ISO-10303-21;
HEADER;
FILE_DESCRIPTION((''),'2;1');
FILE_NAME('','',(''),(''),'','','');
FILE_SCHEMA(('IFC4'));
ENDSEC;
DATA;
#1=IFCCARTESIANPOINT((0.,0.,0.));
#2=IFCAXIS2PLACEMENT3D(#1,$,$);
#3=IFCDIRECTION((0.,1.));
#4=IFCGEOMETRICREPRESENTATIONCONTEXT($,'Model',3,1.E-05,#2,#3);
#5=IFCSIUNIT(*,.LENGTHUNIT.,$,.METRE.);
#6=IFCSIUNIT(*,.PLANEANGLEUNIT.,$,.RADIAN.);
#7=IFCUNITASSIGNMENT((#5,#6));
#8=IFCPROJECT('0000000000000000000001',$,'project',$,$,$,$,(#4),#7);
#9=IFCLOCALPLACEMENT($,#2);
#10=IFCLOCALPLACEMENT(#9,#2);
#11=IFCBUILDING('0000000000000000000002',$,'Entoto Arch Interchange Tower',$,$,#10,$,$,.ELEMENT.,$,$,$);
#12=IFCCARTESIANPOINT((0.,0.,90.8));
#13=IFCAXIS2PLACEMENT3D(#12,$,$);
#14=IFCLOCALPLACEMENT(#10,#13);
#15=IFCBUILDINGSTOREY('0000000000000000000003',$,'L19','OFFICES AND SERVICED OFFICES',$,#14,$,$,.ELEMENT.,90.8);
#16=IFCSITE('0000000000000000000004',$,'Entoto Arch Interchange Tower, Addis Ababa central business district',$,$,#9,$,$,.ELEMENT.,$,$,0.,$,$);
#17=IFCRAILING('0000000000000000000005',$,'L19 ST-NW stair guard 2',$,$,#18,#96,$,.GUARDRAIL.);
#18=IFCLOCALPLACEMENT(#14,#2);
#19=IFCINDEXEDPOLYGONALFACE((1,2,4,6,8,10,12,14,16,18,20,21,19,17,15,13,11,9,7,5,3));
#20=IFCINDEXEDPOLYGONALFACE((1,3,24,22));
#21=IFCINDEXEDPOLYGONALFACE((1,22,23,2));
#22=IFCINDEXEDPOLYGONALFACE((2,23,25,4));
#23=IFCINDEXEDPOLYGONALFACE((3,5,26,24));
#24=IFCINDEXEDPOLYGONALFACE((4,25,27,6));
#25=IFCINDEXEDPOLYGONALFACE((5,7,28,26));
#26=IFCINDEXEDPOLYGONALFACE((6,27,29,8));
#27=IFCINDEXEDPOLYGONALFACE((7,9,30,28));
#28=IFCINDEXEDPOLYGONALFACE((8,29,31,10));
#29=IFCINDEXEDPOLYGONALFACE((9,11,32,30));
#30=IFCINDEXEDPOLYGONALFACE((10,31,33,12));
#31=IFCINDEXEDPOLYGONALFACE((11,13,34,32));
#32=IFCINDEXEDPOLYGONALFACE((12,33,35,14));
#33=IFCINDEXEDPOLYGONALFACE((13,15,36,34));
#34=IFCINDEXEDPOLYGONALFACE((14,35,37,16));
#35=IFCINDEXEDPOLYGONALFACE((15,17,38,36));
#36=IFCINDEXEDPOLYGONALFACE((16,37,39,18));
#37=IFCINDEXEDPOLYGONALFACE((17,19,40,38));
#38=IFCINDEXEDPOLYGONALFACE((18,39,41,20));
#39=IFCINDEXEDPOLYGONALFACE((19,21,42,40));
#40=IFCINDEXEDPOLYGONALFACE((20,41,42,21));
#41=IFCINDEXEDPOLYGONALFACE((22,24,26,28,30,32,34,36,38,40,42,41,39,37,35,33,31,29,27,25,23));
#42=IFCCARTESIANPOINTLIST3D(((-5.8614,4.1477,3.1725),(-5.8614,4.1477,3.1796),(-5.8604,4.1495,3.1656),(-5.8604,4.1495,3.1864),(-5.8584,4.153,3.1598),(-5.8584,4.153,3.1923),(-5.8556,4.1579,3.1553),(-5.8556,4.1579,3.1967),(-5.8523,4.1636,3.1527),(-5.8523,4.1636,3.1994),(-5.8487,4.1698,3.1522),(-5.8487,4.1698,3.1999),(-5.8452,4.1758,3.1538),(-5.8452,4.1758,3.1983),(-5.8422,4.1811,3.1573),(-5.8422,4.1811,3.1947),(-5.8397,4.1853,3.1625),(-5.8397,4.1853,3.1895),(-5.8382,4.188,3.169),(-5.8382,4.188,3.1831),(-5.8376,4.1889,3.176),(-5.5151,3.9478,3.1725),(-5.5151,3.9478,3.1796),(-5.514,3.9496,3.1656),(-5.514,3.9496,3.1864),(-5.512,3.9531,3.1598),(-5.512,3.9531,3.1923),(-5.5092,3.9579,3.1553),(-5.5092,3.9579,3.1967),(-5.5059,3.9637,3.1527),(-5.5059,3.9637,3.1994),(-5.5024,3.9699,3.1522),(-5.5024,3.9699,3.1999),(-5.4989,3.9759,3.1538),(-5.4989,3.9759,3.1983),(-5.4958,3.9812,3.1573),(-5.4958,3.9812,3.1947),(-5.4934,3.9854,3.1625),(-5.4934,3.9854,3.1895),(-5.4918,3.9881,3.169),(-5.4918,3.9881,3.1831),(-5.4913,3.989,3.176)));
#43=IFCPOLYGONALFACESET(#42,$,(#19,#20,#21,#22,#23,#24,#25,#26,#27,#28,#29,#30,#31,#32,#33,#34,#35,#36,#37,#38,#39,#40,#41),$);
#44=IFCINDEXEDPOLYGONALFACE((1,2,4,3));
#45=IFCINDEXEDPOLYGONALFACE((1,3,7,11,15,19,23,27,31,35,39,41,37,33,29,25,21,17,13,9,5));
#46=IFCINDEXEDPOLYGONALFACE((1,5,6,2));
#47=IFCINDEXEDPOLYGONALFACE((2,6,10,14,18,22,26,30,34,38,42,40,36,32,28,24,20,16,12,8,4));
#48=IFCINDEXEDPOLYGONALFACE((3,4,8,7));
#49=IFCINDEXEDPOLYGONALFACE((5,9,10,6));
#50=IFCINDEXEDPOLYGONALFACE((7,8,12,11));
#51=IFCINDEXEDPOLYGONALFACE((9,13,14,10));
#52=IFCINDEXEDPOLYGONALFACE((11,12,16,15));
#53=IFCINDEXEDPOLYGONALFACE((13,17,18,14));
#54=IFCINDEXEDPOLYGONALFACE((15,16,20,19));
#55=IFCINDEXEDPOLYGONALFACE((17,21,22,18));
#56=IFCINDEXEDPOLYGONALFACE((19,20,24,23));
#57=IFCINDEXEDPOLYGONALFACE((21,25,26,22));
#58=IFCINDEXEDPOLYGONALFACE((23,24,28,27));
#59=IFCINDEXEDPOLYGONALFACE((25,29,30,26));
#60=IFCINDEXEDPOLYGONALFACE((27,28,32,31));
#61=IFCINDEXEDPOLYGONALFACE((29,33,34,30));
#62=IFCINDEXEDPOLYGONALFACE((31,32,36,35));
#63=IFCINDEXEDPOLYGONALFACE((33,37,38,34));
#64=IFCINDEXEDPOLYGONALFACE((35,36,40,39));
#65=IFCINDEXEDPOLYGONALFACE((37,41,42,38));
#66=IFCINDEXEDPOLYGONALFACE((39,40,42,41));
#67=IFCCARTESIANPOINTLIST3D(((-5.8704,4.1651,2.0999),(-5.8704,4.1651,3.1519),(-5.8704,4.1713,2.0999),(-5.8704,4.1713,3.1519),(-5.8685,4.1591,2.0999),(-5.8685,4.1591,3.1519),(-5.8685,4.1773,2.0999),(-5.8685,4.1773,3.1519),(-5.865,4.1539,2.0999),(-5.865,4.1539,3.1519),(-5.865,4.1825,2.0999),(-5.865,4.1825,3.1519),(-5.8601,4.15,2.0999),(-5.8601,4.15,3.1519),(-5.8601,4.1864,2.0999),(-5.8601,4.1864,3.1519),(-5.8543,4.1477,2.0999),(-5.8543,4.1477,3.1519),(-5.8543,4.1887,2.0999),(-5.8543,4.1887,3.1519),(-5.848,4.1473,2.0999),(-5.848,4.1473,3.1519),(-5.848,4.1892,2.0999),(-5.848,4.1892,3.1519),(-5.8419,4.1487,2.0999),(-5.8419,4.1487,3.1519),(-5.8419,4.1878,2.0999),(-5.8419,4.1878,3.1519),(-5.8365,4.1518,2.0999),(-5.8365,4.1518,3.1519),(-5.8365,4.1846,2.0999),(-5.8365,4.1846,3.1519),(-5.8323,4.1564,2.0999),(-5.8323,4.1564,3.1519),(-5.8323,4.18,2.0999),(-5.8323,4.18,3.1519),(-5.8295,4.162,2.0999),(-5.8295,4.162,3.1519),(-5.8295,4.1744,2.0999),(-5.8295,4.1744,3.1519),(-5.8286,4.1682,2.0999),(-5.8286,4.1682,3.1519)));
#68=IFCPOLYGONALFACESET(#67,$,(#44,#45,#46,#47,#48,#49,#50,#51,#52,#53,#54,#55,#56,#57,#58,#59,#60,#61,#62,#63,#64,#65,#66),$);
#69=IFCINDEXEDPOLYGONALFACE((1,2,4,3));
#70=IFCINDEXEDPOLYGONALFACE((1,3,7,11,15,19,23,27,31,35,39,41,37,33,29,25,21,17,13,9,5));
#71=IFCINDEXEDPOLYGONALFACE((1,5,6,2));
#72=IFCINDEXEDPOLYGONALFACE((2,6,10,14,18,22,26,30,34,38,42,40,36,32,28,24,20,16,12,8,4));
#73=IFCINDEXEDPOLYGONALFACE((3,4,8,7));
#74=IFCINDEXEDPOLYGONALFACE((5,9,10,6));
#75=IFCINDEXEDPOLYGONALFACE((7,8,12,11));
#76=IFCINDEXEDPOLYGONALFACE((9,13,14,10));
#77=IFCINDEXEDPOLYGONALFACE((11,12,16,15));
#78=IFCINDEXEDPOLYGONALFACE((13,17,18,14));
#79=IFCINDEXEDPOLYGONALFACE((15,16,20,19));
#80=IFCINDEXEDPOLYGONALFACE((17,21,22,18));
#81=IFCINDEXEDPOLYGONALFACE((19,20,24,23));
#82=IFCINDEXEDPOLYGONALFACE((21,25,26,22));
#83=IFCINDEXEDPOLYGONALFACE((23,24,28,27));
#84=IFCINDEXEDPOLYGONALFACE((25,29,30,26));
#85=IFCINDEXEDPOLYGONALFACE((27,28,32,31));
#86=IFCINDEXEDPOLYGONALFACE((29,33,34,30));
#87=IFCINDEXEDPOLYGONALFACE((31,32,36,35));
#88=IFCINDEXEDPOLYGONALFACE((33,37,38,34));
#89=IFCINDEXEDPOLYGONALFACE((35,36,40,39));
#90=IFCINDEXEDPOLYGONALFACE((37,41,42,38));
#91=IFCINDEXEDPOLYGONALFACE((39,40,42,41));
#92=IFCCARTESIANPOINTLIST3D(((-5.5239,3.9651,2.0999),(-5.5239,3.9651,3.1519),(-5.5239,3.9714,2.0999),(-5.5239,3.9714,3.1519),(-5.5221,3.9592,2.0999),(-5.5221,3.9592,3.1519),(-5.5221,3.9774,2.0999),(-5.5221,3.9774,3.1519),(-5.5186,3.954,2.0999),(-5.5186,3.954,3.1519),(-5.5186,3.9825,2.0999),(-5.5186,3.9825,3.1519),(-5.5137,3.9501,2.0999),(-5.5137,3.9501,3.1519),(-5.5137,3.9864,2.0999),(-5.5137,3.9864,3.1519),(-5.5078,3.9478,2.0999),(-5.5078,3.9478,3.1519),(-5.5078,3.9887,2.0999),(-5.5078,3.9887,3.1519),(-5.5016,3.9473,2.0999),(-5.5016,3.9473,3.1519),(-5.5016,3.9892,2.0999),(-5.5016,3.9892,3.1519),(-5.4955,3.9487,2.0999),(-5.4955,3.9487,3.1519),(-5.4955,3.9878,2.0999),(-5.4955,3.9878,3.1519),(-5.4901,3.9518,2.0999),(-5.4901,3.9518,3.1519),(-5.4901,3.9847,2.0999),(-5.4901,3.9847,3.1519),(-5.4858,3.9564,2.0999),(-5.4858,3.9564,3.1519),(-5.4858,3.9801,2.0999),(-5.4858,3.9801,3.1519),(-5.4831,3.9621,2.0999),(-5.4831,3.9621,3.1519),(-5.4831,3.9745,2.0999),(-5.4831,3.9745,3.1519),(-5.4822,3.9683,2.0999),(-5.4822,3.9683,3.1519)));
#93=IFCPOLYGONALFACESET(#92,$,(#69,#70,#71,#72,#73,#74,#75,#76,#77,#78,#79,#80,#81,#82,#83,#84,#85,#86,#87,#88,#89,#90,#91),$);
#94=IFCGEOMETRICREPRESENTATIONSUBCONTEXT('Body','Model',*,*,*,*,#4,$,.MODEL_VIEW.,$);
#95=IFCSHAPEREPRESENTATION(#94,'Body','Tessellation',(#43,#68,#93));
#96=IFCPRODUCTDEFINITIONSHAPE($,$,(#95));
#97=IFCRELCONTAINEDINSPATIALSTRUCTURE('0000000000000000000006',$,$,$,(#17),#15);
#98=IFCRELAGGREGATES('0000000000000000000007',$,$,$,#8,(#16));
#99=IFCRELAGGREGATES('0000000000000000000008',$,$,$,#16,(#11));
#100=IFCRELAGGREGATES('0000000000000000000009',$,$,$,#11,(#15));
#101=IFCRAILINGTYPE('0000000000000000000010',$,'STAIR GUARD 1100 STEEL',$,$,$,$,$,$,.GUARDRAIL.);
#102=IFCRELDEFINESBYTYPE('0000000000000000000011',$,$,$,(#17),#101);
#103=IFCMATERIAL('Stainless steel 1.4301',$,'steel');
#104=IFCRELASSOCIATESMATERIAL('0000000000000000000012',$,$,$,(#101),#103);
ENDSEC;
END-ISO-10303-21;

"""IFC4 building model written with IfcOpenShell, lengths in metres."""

from ifc_helpers import new_model, si_unit, direction, frame, origin, origin_2d, place, context, subcontext, project, spatial, circle, extrude, material, type_object, element, save


model = new_model("IFC4")

# Units and contexts
model_context = context("Model", 3, precision=1e-05, world=origin(), true_north=direction((0.0, 1.0)))
body_context = subcontext(model_context, "Body", "Model", "MODEL_VIEW")
ifc_project = project(units=[si_unit("LENGTHUNIT", "METRE"), si_unit("PLANEANGLEUNIT", "RADIAN")], contexts=[model_context])

# Site, building, storey
site_placement = place(None, origin())
site = spatial("IfcSite", under=ifc_project, at=site_placement, Name="Entoto Arch Interchange Tower, Addis Ababa central business district", CompositionType="ELEMENT", RefElevation=0.0)
building_placement = place(site_placement, origin())
building = spatial("IfcBuilding", under=site, at=building_placement, Name="Entoto Arch Interchange Tower", CompositionType="ELEMENT")
storey_placement = place(building_placement, frame((0.0, 0.0, 90.8)))
storey = spatial("IfcBuildingStorey", under=building, at=storey_placement, Name="L19", Description="OFFICES AND SERVICED OFFICES", CompositionType="ELEMENT", Elevation=90.8)

# Railing
ifc_material_1 = material(Name="Stainless steel 1.4301", Category="steel")
railing_type = type_object("IfcRailingType", Name="STAIR GUARD 1100 STEEL", PredefinedType="GUARDRAIL", material=ifc_material_1)
railing_1_placement = place(storey_placement, frame((-5.8496, 4.1682, 2.0999)))
element("IfcRailing", 1, at=railing_1_placement, inside=storey, type_object=railing_type, Name="L19 ST-NW stair guard 2", PredefinedType="GUARDRAIL", context=body_context, shape_type="SweptSolid", body=[
    extrude(circle(Radius=0.0239, at=origin_2d()), frame((0.0, 0.0, 1.0762), z_axis=(0.866094, -0.499881, 0.0), x_axis=(0.499881, 0.866094, 0.0)), (0.0, 0.0, 1.0), 0.3999),
    extrude(circle(Radius=0.021, at=origin_2d()), origin(), (0.0, 0.0, 1.0), 1.052),
    extrude(circle(Radius=0.021, at=origin_2d()), frame((0.3464, -0.2, 0.0)), (0.0, 0.0, 1.0), 1.052),
])

save(model, "model.ifc")
